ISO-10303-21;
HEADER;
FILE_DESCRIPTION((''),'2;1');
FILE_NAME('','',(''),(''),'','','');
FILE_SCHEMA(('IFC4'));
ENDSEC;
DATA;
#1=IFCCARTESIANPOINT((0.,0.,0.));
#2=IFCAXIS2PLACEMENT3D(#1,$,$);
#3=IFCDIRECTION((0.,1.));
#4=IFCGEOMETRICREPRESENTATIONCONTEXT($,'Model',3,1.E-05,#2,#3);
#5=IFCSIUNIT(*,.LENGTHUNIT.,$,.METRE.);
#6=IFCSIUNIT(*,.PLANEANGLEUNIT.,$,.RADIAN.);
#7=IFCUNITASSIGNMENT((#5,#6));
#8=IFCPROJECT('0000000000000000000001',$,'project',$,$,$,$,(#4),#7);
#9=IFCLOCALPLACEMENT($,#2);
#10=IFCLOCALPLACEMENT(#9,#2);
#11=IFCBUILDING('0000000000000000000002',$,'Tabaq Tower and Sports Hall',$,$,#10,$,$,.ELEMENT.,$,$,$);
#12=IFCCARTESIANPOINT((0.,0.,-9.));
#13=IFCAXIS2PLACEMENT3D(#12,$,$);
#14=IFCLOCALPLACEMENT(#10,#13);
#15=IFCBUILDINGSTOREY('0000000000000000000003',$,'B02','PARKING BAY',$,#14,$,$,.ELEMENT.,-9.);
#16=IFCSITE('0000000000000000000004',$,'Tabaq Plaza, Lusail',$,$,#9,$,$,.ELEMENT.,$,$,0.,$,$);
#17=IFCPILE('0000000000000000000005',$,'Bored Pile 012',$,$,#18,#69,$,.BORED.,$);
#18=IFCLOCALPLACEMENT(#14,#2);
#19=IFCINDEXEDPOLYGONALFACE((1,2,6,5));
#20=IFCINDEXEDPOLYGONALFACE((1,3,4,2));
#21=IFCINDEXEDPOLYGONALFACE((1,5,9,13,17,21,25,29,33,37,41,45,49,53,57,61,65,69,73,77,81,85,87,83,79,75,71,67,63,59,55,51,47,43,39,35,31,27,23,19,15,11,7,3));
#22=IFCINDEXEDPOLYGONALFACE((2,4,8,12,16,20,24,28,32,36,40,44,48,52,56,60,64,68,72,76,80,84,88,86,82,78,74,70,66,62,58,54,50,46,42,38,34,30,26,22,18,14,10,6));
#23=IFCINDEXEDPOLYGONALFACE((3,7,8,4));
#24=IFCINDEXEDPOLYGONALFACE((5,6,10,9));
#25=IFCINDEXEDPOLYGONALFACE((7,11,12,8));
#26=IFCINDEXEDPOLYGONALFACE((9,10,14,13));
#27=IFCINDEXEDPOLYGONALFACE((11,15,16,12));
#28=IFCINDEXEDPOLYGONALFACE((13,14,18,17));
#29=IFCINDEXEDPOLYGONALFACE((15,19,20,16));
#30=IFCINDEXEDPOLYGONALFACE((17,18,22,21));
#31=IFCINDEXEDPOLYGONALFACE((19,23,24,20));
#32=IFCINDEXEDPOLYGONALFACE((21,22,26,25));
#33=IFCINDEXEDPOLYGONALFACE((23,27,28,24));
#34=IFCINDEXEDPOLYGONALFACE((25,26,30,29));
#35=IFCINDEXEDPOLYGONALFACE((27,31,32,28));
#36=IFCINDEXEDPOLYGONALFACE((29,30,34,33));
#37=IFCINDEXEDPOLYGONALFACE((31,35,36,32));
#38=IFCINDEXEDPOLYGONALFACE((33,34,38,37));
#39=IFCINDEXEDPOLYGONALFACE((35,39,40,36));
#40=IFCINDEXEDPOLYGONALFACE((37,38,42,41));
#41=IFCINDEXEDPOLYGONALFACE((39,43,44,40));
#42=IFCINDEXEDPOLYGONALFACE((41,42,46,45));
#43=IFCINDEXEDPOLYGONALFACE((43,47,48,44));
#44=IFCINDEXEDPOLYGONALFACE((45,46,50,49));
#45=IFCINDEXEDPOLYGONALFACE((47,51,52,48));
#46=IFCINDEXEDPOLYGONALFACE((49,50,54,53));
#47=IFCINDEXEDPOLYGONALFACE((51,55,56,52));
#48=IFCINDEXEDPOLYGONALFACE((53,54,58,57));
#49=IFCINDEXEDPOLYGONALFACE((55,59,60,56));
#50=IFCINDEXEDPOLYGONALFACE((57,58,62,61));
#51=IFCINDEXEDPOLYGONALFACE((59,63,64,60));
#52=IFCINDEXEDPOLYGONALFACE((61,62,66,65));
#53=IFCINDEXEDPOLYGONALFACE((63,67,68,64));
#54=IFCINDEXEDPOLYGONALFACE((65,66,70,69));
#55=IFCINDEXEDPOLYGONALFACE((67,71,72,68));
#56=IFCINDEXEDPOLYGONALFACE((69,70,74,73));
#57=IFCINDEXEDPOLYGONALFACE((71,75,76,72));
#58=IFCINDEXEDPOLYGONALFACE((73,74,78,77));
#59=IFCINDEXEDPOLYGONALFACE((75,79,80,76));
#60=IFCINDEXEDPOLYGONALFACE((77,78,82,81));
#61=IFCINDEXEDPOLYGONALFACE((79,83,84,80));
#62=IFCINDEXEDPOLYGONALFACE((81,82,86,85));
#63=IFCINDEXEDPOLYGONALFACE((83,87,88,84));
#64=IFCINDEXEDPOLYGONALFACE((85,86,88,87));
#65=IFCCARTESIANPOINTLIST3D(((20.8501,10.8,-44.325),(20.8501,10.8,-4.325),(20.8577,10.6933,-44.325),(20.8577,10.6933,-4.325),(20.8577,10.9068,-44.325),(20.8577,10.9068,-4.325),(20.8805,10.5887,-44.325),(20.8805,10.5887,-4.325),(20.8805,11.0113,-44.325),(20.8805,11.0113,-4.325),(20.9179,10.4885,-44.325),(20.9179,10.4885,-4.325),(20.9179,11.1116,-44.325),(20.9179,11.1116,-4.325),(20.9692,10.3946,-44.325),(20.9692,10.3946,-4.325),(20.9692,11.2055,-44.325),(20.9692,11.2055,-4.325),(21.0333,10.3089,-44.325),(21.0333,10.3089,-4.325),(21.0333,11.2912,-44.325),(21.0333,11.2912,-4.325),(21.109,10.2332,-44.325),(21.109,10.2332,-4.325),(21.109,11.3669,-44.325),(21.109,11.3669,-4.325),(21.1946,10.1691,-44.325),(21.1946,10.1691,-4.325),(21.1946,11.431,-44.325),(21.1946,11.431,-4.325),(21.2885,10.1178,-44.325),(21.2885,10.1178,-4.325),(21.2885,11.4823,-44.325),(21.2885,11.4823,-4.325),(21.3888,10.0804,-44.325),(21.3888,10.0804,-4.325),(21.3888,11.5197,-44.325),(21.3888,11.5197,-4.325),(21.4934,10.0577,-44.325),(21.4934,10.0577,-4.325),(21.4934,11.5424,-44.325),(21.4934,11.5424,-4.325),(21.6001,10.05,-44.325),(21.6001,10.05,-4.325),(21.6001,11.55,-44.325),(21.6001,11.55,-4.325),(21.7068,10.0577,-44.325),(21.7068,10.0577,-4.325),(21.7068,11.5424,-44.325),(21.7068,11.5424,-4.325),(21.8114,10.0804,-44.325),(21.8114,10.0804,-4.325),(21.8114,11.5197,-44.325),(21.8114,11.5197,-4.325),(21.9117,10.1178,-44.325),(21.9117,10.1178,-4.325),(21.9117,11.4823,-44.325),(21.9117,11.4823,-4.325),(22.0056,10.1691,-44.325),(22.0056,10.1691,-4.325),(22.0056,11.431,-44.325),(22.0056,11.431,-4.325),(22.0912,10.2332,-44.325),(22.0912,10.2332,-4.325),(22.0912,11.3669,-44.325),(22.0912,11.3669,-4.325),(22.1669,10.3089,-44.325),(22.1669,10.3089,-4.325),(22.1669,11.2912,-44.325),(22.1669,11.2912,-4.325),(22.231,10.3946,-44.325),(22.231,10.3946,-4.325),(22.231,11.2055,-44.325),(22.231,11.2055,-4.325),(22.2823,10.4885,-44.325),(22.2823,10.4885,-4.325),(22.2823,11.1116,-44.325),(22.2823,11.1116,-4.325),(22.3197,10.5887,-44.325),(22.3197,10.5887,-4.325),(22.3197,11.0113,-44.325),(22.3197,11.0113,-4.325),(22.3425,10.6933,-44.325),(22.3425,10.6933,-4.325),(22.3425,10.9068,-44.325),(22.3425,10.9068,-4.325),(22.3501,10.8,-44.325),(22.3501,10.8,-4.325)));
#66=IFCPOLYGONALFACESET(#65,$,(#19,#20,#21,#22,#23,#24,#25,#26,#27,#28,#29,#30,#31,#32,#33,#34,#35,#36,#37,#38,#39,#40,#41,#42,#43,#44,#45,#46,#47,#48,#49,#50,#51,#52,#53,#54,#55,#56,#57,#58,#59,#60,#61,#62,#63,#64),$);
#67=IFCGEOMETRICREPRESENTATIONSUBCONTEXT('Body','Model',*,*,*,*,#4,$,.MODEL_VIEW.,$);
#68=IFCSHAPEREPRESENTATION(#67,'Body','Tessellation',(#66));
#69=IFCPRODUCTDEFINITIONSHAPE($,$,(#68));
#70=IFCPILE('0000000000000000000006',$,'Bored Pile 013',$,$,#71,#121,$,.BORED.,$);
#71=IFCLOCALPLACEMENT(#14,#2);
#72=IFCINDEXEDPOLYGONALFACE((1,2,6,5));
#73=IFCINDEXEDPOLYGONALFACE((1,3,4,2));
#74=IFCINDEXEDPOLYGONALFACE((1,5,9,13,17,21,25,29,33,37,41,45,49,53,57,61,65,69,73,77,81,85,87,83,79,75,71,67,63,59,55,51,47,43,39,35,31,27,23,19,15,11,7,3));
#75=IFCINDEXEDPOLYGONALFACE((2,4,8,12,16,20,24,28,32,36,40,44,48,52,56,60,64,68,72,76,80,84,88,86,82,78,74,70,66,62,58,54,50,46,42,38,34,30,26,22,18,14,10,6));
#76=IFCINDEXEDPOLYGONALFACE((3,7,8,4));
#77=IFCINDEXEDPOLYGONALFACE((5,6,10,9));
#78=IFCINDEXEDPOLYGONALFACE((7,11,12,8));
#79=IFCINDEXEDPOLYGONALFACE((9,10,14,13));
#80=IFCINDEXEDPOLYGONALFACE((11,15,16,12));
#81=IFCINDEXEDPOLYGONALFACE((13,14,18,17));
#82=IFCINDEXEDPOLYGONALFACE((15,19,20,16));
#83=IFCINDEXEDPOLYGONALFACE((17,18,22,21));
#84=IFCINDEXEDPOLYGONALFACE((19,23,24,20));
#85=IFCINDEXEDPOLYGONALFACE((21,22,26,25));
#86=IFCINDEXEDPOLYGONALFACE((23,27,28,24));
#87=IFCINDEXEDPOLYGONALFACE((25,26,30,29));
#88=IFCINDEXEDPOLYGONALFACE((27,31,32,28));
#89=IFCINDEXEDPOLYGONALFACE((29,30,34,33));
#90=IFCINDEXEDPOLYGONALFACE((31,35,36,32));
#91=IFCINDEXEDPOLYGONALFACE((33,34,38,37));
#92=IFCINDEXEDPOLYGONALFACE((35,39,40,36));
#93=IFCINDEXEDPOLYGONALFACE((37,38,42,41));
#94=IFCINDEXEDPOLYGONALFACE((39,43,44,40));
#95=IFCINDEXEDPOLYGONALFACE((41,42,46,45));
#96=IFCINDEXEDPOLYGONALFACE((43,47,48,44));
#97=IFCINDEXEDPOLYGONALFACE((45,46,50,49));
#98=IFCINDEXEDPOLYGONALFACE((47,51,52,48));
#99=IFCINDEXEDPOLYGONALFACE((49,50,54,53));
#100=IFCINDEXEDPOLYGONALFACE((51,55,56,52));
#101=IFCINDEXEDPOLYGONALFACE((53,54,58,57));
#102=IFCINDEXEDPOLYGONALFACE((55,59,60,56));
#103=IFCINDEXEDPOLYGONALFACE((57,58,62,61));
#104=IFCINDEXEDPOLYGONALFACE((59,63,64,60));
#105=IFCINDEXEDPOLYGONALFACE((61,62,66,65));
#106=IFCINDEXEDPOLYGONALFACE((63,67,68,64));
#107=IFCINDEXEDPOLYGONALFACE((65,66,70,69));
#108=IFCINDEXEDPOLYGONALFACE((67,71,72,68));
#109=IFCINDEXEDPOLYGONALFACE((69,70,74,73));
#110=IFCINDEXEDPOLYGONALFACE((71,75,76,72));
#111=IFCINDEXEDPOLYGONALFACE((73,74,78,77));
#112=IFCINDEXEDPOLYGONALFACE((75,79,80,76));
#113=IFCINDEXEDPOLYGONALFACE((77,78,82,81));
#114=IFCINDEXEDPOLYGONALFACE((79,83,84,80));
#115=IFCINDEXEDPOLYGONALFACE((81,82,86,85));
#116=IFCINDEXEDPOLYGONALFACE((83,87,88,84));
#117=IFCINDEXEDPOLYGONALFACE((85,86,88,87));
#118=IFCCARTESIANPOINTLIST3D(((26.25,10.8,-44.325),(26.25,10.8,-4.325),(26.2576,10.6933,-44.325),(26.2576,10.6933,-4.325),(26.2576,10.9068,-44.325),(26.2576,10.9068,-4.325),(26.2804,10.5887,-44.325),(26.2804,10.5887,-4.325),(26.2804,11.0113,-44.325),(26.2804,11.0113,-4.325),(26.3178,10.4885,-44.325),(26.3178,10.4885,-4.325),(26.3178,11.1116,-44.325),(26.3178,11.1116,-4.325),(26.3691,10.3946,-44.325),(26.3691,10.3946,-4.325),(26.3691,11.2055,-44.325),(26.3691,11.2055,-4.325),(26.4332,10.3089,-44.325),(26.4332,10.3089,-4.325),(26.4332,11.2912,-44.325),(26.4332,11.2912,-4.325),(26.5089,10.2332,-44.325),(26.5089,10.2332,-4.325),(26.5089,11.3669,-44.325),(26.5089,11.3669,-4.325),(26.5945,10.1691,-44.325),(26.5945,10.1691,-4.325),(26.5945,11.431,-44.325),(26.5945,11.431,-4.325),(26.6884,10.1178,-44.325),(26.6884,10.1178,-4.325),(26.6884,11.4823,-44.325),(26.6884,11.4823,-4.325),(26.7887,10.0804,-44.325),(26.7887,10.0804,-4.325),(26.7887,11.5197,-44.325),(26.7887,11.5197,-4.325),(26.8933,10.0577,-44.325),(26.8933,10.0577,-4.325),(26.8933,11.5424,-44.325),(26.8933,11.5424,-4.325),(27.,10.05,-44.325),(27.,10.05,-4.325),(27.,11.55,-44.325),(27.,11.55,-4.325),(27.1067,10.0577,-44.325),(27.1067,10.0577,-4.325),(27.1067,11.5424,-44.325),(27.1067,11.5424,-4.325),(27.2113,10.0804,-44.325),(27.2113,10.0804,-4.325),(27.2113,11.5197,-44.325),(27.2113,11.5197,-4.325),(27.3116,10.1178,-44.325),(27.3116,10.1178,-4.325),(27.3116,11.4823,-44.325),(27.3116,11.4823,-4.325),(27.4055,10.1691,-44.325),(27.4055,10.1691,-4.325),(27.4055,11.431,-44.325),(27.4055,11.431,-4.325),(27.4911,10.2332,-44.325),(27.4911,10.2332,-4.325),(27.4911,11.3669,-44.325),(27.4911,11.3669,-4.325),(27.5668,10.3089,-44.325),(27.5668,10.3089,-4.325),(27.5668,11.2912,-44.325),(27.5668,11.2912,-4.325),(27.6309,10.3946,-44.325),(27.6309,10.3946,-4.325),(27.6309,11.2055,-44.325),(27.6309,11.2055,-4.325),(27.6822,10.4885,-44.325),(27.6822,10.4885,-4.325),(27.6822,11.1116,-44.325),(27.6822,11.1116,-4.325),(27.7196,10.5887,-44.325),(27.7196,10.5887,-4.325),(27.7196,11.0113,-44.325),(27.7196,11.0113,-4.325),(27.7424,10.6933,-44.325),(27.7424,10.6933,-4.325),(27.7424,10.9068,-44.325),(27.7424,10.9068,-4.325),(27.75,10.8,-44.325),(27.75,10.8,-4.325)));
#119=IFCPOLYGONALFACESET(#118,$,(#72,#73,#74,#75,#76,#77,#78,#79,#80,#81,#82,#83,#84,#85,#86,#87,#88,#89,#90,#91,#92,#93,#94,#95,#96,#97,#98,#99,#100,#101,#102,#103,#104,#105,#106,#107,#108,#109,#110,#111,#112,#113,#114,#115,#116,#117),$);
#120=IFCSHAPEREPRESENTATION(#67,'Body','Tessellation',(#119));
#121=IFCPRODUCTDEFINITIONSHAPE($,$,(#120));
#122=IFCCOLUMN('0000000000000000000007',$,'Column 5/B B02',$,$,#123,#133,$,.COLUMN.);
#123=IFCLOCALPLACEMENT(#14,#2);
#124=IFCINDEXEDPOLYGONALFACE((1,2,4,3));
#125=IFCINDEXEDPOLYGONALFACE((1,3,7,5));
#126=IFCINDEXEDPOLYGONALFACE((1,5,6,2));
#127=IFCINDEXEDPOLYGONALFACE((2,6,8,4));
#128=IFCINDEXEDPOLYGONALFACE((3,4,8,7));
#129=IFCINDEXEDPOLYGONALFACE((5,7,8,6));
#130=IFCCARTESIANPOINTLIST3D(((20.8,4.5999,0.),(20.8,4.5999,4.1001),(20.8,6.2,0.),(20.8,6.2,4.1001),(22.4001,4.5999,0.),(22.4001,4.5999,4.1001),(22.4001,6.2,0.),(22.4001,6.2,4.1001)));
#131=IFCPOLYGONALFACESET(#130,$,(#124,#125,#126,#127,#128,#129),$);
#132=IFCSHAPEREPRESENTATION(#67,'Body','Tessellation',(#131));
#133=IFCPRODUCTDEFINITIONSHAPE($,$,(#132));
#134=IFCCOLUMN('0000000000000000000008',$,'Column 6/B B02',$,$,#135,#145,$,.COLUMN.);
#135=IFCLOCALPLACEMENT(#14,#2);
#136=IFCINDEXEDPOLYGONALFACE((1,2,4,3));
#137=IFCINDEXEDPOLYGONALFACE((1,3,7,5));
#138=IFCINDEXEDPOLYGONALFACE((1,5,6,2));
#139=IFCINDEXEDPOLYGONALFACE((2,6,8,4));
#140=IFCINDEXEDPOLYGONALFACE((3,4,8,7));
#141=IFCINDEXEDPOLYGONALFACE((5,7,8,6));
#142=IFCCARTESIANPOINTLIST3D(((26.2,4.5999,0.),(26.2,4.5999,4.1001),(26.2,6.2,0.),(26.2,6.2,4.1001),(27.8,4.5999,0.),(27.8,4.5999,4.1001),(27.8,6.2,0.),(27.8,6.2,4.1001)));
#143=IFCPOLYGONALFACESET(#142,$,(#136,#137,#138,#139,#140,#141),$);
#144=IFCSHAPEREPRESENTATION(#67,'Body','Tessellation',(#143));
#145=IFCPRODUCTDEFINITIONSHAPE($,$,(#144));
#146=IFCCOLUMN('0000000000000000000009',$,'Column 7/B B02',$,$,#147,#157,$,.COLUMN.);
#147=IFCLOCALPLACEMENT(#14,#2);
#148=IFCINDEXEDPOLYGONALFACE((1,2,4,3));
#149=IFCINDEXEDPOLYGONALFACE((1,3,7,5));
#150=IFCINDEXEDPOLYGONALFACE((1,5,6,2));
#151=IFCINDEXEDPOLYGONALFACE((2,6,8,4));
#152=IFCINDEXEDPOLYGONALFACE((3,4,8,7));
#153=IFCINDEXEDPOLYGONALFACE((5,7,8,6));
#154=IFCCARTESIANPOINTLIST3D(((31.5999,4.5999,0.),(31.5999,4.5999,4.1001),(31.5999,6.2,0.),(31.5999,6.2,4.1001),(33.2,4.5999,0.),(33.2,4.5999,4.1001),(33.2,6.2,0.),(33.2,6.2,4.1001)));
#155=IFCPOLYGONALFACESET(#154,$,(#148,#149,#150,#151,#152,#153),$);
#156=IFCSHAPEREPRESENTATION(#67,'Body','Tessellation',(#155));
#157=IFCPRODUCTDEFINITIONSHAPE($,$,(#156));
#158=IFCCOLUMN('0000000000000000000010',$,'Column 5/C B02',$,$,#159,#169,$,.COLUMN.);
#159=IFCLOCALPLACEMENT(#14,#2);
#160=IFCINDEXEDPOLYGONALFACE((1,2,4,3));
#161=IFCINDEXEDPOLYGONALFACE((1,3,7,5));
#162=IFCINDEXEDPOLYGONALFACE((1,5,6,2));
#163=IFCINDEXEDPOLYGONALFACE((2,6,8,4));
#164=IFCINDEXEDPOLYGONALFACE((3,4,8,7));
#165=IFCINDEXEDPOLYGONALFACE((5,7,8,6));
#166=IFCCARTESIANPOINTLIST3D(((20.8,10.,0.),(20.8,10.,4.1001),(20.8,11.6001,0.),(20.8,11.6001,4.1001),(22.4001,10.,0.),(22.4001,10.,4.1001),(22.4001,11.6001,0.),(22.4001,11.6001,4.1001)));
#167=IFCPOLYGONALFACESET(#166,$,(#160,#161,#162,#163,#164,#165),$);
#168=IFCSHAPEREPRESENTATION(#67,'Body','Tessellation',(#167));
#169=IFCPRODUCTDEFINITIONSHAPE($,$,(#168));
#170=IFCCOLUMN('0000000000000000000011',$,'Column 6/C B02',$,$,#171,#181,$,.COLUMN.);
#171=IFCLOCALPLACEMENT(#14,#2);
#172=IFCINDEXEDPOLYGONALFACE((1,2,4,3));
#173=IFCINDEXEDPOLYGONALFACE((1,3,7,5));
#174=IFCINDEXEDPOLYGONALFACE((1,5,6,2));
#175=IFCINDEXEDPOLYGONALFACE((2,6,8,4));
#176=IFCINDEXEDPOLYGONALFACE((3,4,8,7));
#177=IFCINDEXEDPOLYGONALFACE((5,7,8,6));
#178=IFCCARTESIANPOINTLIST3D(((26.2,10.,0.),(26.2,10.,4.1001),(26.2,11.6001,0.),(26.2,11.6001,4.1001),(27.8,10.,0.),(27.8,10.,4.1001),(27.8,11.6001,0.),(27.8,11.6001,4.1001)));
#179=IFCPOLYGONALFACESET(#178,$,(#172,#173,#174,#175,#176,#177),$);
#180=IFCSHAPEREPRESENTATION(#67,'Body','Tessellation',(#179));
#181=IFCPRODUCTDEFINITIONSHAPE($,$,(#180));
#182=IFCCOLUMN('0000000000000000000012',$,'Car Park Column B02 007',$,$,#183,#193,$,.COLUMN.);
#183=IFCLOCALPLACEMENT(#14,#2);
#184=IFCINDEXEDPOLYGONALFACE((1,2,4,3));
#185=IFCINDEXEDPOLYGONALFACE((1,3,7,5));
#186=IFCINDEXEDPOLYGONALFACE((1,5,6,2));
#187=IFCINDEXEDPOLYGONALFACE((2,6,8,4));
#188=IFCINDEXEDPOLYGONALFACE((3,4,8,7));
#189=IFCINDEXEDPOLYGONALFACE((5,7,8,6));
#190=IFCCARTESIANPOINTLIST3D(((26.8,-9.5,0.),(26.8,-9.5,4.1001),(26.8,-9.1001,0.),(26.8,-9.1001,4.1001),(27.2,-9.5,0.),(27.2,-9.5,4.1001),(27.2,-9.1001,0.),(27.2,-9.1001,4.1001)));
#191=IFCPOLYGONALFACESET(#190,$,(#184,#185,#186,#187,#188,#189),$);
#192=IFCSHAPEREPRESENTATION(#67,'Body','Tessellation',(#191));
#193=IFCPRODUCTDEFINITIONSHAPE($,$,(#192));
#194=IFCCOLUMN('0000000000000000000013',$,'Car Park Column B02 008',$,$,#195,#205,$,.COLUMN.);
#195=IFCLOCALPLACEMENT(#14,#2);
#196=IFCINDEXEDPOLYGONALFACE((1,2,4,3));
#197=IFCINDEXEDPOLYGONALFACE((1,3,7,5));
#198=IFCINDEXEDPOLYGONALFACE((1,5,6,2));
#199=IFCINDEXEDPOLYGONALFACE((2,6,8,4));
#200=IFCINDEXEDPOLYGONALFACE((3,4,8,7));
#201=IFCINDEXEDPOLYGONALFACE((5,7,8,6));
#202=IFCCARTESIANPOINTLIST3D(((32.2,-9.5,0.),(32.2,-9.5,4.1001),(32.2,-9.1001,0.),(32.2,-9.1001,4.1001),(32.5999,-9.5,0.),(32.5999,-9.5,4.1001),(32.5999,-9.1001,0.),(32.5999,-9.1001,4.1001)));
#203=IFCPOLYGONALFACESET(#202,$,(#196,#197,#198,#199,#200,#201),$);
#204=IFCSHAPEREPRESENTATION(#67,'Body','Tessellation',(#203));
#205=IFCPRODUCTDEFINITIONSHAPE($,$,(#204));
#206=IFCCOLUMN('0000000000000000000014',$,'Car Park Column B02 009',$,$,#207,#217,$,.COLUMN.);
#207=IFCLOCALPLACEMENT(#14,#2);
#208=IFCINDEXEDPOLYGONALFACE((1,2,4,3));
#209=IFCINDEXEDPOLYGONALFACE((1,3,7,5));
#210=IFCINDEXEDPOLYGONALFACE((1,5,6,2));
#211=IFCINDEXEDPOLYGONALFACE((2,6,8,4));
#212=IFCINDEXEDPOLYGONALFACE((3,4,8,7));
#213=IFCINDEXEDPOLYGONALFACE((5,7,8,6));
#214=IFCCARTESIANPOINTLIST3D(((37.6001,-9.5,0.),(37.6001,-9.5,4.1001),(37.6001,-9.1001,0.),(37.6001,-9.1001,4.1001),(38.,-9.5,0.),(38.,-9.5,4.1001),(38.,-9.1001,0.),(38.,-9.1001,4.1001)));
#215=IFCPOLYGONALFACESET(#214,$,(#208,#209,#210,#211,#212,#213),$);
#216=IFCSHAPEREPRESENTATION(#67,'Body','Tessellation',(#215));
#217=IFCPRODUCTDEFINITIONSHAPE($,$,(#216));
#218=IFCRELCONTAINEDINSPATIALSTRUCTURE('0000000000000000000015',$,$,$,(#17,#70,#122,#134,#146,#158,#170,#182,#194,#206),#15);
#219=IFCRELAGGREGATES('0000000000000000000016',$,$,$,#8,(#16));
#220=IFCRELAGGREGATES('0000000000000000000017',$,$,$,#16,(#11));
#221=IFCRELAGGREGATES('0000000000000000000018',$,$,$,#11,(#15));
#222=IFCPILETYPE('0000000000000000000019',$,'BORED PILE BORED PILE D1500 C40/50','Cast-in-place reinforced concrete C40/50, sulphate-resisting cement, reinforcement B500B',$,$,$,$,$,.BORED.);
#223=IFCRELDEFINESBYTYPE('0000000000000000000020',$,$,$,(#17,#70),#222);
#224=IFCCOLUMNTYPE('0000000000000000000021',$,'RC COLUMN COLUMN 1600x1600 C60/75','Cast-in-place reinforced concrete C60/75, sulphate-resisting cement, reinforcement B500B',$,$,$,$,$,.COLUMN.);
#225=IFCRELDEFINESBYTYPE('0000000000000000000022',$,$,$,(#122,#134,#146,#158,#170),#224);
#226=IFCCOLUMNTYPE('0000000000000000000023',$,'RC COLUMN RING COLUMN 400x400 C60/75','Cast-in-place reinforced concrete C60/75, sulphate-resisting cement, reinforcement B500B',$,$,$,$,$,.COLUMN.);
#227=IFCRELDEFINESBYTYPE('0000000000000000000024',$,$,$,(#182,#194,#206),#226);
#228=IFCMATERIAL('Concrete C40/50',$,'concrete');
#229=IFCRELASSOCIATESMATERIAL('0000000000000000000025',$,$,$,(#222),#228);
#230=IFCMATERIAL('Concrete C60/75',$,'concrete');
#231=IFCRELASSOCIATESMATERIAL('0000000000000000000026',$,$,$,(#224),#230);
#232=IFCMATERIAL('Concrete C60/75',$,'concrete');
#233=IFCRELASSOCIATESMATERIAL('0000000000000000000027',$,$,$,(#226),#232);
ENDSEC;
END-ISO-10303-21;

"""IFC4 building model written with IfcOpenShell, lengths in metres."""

from ifc_helpers import new_model, si_unit, direction, frame, origin, origin_2d, place, context, subcontext, project, spatial, rectangle, circle, extrude, material, material_profile, profile_set, type_object, element, save


model = new_model("IFC4")

# Units and contexts
model_context = context("Model", 3, precision=1e-05, world=origin(), true_north=direction((0.0, 1.0)))
body_context = subcontext(model_context, "Body", "Model", "MODEL_VIEW")
ifc_project = project(units=[si_unit("LENGTHUNIT", "METRE"), si_unit("PLANEANGLEUNIT", "RADIAN")], contexts=[model_context])

# Site, building, storey
site_placement = place(None, origin())
site = spatial("IfcSite", under=ifc_project, at=site_placement, Name="Tabaq Plaza, Lusail", CompositionType="ELEMENT", RefElevation=0.0)
building_placement = place(site_placement, origin())
building = spatial("IfcBuilding", under=site, at=building_placement, Name="Tabaq Tower and Sports Hall", CompositionType="ELEMENT")
storey_placement = place(building_placement, frame((0.0, 0.0, -9.0)))
storey = spatial("IfcBuildingStorey", under=building, at=storey_placement, Name="B02", Description="PARKING BAY", CompositionType="ELEMENT", Elevation=-9.0)

# Piles
ifc_material_1 = material(Name="Concrete C40/50", Category="concrete")
ifc_material_profile_1 = material_profile(ifc_material_1, circle(Radius=0.75, at=origin_2d()), Name="BORED PILE D1500")
ifc_profile_set_1 = profile_set([ifc_material_profile_1], Name="Concrete C40/50")
pile_type = type_object("IfcPileType", Name="BORED PILE BORED PILE D1500 C40/50", Description="Cast-in-place reinforced concrete C40/50, sulphate-resisting cement, reinforcement B500B", PredefinedType="BORED", material=ifc_profile_set_1)
for number, where, z_axis, x_axis, name in (
    (1, (21.6001, 10.8, -4.325), (0.0, 0.0, -1.0), (1.0, 0.0, 0.0), "Bored Pile 012"),
    (2, (27.0, 10.8, -4.325), (0.0, 0.0, -1.0), (1.0, 0.0, 0.0), "Bored Pile 013"),
):
    element("IfcPile", number, at=place(storey_placement, frame(where, z_axis=z_axis, x_axis=x_axis)), inside=storey, type_object=pile_type, Name=name, PredefinedType="BORED", context=body_context, shape_type="SweptSolid", body=[
        extrude(circle(Radius=0.75, at=origin_2d()), origin(), (0.0, 0.0, 1.0), 40.0),
    ])

# Columns
ifc_material_2 = material(Name="Concrete C60/75", Category="concrete")
ifc_material_profile_2 = material_profile(ifc_material_2, rectangle(XDim=1.6001, YDim=1.6001, at=origin_2d()), Name="COLUMN 1600x1600")
ifc_profile_set_2 = profile_set([ifc_material_profile_2], Name="Concrete C60/75")
column_type_1 = type_object("IfcColumnType", Name="RC COLUMN COLUMN 1600x1600 C60/75", Description="Cast-in-place reinforced concrete C60/75, sulphate-resisting cement, reinforcement B500B", PredefinedType="COLUMN", material=ifc_profile_set_2)
for number, where, z_axis, x_axis, name in (
    (3, (21.6001, 5.3999, 0.0), (0.0, 0.0, 1.0), (1.0, 0.0, 0.0), "Column 5/B B02"),
    (4, (27.0, 5.3999, 0.0), (0.0, 0.0, 1.0), (1.0, 0.0, 0.0), "Column 6/B B02"),
    (5, (32.3999, 5.3999, 0.0), (0.0, 0.0, 1.0), (1.0, 0.0, 0.0), "Column 7/B B02"),
    (6, (21.6001, 10.8, 0.0), (0.0, 0.0, 1.0), (1.0, 0.0, 0.0), "Column 5/C B02"),
    (7, (27.0, 10.8, 0.0), (0.0, 0.0, 1.0), (1.0, 0.0, 0.0), "Column 6/C B02"),
):
    element("IfcColumn", number, at=place(storey_placement, frame(where, z_axis=z_axis, x_axis=x_axis)), inside=storey, type_object=column_type_1, Name=name, PredefinedType="COLUMN", context=body_context, shape_type="SweptSolid", body=[
        extrude(rectangle(XDim=1.6001, YDim=1.6001, at=origin_2d()), origin(), (0.0, 0.0, 1.0), 4.1001),
    ])
ifc_material_3 = material(Name="Concrete C60/75", Category="concrete")
ifc_material_profile_3 = material_profile(ifc_material_3, rectangle(XDim=0.3999, YDim=0.3999, at=origin_2d()), Name="RING COLUMN 400x400")
ifc_profile_set_3 = profile_set([ifc_material_profile_3], Name="Concrete C60/75")
column_type_2 = type_object("IfcColumnType", Name="RC COLUMN RING COLUMN 400x400 C60/75", Description="Cast-in-place reinforced concrete C60/75, sulphate-resisting cement, reinforcement B500B", PredefinedType="COLUMN", material=ifc_profile_set_3)
for number, where, z_axis, x_axis, name in (
    (8, (27.0, -9.3, 0.0), (0.0, 0.0, 1.0), (1.0, 0.0, 0.0), "Car Park Column B02 007"),
    (9, (32.3999, -9.3, 0.0), (0.0, 0.0, 1.0), (1.0, 0.0, 0.0), "Car Park Column B02 008"),
    (10, (37.8, -9.3, 0.0), (0.0, 0.0, 1.0), (1.0, 0.0, 0.0), "Car Park Column B02 009"),
):
    element("IfcColumn", number, at=place(storey_placement, frame(where, z_axis=z_axis, x_axis=x_axis)), inside=storey, type_object=column_type_2, Name=name, PredefinedType="COLUMN", context=body_context, shape_type="SweptSolid", body=[
        extrude(rectangle(XDim=0.3999, YDim=0.3999, at=origin_2d()), origin(), (0.0, 0.0, 1.0), 4.1001),
    ])

save(model, "model.ifc")
